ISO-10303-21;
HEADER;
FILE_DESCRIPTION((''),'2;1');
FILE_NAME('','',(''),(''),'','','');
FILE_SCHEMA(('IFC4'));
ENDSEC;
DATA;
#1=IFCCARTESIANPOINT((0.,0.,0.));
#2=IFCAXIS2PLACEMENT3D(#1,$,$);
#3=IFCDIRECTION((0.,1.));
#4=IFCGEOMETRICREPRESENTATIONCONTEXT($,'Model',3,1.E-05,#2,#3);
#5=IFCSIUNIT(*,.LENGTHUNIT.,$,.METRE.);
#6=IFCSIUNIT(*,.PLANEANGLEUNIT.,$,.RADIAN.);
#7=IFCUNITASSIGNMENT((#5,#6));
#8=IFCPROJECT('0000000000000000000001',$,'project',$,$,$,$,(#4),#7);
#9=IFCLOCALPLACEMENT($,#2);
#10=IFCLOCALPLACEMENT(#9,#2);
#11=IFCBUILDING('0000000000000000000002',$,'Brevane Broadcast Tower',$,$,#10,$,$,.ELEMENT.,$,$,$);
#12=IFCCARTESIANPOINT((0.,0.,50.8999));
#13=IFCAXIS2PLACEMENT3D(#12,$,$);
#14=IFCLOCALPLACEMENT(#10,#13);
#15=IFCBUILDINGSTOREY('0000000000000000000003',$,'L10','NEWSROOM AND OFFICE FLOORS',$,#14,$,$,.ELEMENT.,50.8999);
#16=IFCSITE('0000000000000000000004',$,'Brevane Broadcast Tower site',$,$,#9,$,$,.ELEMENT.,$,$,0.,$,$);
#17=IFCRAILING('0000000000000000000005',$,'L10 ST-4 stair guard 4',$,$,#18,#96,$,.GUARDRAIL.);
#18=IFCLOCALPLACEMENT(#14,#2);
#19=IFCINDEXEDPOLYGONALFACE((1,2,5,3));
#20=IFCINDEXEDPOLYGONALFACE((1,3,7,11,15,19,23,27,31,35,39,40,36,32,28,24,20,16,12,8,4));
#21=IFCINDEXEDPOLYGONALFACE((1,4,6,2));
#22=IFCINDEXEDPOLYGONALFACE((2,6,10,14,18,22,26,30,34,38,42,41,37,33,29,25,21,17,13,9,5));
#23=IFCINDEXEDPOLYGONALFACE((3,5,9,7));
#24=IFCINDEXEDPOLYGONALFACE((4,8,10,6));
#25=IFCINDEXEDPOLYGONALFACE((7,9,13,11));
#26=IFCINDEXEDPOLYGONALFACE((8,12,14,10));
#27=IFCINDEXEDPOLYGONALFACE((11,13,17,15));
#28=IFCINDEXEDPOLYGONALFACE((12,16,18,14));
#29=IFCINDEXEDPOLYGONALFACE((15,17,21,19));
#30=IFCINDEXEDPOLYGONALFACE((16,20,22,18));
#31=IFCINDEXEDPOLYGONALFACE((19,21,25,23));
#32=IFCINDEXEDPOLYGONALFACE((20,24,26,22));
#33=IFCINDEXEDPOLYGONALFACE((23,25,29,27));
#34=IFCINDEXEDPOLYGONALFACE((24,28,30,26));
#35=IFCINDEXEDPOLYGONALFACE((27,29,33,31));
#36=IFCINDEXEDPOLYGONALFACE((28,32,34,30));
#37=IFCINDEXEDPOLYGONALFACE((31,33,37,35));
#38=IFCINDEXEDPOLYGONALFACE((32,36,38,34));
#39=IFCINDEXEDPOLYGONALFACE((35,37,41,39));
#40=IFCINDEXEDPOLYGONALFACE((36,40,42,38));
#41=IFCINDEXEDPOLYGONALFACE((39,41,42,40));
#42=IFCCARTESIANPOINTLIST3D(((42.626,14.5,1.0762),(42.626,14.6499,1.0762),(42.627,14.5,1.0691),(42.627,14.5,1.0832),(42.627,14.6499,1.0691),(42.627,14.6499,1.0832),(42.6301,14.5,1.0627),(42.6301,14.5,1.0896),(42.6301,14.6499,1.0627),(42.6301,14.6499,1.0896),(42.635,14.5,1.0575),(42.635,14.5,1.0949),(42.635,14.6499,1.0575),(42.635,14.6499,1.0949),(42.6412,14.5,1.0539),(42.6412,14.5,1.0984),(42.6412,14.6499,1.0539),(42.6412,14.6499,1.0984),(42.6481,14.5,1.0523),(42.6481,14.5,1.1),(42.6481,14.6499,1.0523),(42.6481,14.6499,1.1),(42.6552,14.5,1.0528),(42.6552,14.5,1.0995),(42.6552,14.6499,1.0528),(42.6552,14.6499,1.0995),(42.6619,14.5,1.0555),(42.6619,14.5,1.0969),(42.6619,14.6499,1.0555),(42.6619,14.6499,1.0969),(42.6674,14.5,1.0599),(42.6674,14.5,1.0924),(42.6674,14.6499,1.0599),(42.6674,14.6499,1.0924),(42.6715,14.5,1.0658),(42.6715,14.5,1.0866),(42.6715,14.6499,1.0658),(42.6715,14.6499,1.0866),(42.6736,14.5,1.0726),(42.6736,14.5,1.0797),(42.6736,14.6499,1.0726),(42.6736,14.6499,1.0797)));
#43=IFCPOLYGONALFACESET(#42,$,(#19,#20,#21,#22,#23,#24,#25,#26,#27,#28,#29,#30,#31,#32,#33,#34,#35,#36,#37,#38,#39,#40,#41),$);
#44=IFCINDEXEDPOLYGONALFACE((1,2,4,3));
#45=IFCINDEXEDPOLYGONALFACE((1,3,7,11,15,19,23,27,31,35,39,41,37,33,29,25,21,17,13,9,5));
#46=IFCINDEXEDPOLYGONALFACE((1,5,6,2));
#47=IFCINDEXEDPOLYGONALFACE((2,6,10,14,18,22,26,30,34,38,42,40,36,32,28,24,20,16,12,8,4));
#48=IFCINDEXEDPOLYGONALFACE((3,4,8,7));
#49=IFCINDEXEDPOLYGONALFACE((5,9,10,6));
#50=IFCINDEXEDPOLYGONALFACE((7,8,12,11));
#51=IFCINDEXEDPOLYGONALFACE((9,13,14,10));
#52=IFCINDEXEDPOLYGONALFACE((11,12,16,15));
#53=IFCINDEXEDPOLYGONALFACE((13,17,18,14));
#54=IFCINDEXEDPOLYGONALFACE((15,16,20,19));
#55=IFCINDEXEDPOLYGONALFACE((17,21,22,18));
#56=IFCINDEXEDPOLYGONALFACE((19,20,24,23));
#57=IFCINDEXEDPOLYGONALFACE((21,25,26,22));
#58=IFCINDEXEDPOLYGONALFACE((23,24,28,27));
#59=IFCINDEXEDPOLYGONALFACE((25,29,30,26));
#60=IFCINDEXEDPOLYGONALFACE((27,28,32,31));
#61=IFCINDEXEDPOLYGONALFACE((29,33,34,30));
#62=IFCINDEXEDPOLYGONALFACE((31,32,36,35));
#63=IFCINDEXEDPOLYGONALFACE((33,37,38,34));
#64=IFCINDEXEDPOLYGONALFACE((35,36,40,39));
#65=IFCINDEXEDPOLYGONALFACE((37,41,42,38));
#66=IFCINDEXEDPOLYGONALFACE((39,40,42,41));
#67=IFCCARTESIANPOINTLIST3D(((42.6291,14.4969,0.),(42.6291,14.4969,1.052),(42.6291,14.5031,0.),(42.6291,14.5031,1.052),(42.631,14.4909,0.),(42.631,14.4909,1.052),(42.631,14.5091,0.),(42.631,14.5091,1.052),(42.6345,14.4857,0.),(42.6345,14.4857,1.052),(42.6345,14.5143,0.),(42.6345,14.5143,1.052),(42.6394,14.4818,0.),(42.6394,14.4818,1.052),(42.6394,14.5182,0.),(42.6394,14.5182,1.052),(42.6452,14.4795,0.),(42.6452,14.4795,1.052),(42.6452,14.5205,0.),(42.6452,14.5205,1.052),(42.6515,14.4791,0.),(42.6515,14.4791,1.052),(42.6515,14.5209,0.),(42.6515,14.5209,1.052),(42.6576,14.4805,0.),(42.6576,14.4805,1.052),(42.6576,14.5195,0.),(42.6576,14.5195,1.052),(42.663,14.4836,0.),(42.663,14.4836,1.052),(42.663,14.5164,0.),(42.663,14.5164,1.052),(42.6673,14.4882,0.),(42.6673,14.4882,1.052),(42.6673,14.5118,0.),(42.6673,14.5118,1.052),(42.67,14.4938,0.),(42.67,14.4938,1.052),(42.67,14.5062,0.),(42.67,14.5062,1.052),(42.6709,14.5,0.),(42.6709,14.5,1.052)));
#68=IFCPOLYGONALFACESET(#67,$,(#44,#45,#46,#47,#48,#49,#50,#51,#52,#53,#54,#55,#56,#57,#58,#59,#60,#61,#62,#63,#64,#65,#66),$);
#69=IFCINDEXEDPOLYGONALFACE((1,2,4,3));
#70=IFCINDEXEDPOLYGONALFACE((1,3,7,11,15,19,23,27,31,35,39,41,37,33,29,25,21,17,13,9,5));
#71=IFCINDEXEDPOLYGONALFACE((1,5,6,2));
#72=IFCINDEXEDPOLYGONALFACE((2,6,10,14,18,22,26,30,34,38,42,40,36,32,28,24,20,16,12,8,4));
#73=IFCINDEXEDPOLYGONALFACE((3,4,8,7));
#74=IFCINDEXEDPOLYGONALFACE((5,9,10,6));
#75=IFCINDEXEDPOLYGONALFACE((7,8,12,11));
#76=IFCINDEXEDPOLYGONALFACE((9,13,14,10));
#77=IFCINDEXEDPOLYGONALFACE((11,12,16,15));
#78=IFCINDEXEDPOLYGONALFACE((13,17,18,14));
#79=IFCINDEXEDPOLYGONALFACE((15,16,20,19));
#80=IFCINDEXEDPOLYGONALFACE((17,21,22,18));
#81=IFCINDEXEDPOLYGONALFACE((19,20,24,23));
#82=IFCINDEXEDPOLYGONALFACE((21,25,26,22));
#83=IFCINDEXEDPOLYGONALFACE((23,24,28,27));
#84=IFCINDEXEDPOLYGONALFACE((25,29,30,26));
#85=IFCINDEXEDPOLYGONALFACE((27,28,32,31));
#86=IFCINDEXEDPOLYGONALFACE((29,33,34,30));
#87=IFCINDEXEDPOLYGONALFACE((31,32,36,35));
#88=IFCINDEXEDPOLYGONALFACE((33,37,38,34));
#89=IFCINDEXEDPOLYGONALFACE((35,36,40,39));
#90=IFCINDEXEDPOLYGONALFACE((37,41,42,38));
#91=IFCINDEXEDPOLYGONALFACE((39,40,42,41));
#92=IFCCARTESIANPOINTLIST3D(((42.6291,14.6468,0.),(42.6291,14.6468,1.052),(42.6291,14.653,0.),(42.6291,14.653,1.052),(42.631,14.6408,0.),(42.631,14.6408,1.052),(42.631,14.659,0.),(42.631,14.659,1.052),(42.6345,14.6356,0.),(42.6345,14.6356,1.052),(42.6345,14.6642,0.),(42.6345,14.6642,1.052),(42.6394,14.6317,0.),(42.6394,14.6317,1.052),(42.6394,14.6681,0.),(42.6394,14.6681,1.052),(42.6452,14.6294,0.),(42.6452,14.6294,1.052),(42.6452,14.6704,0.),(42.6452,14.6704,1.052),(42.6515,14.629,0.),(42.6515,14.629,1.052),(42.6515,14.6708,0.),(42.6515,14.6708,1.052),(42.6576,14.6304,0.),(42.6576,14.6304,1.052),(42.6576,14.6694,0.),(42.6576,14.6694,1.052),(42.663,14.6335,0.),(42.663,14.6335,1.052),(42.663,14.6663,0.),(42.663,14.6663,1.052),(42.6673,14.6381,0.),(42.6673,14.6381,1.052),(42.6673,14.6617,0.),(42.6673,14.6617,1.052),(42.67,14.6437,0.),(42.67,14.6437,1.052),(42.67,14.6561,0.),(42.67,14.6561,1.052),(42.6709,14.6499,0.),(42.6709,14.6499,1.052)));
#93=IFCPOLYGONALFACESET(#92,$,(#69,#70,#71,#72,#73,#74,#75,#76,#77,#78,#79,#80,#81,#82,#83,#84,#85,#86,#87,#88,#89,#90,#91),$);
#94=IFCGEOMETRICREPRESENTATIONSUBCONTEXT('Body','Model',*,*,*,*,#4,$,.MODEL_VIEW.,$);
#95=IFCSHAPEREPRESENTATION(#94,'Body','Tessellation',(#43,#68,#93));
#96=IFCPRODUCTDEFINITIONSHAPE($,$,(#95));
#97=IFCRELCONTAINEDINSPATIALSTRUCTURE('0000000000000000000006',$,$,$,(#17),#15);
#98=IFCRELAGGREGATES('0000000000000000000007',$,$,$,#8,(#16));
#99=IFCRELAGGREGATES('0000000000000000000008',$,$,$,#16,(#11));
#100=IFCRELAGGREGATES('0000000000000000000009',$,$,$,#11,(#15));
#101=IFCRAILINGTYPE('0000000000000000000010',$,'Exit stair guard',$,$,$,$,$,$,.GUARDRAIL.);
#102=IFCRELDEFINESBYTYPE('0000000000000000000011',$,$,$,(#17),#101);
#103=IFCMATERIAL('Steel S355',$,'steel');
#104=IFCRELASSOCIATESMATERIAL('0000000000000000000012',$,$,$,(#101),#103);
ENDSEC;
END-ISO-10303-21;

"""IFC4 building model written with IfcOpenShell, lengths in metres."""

from ifc_helpers import new_model, si_unit, direction, frame, origin, origin_2d, place, context, subcontext, project, spatial, circle, extrude, material, type_object, element, save


model = new_model("IFC4")

# Units and contexts
model_context = context("Model", 3, precision=1e-05, world=origin(), true_north=direction((0.0, 1.0)))
body_context = subcontext(model_context, "Body", "Model", "MODEL_VIEW")
ifc_project = project(units=[si_unit("LENGTHUNIT", "METRE"), si_unit("PLANEANGLEUNIT", "RADIAN")], contexts=[model_context])

# Site, building, storey
site_placement = place(None, origin())
site = spatial("IfcSite", under=ifc_project, at=site_placement, Name="Brevane Broadcast Tower site", CompositionType="ELEMENT", RefElevation=0.0)
building_placement = place(site_placement, origin())
building = spatial("IfcBuilding", under=site, at=building_placement, Name="Brevane Broadcast Tower", CompositionType="ELEMENT")
storey_placement = place(building_placement, frame((0.0, 0.0, 50.8999)))
storey = spatial("IfcBuildingStorey", under=building, at=storey_placement, Name="L10", Description="NEWSROOM AND OFFICE FLOORS", CompositionType="ELEMENT", Elevation=50.8999)

# Railing
ifc_material_1 = material(Name="Steel S355", Category="steel")
railing_type_1 = type_object("IfcRailingType", Name="Exit stair guard", PredefinedType="GUARDRAIL", material=ifc_material_1)
railing_1_placement = place(storey_placement, frame((42.6499, 14.5, 0.0)))
element("IfcRailing", 1, at=railing_1_placement, inside=storey, type_object=railing_type_1, Name="L10 ST-4 stair guard 4", PredefinedType="GUARDRAIL", context=body_context, shape_type="SweptSolid", body=[
    extrude(circle(Radius=0.0239, at=origin_2d()), frame((0.0, 0.0, 1.0762), z_axis=(0.0, 1.0, 0.0), x_axis=(-1.0, 0.0, 0.0)), (0.0, 0.0, 1.0), 0.1499),
    extrude(circle(Radius=0.021, at=origin_2d()), origin(), (0.0, 0.0, 1.0), 1.052),
    extrude(circle(Radius=0.021, at=origin_2d()), frame((0.0, 0.1499, 0.0)), (0.0, 0.0, 1.0), 1.052),
])

save(model, "model.ifc")
